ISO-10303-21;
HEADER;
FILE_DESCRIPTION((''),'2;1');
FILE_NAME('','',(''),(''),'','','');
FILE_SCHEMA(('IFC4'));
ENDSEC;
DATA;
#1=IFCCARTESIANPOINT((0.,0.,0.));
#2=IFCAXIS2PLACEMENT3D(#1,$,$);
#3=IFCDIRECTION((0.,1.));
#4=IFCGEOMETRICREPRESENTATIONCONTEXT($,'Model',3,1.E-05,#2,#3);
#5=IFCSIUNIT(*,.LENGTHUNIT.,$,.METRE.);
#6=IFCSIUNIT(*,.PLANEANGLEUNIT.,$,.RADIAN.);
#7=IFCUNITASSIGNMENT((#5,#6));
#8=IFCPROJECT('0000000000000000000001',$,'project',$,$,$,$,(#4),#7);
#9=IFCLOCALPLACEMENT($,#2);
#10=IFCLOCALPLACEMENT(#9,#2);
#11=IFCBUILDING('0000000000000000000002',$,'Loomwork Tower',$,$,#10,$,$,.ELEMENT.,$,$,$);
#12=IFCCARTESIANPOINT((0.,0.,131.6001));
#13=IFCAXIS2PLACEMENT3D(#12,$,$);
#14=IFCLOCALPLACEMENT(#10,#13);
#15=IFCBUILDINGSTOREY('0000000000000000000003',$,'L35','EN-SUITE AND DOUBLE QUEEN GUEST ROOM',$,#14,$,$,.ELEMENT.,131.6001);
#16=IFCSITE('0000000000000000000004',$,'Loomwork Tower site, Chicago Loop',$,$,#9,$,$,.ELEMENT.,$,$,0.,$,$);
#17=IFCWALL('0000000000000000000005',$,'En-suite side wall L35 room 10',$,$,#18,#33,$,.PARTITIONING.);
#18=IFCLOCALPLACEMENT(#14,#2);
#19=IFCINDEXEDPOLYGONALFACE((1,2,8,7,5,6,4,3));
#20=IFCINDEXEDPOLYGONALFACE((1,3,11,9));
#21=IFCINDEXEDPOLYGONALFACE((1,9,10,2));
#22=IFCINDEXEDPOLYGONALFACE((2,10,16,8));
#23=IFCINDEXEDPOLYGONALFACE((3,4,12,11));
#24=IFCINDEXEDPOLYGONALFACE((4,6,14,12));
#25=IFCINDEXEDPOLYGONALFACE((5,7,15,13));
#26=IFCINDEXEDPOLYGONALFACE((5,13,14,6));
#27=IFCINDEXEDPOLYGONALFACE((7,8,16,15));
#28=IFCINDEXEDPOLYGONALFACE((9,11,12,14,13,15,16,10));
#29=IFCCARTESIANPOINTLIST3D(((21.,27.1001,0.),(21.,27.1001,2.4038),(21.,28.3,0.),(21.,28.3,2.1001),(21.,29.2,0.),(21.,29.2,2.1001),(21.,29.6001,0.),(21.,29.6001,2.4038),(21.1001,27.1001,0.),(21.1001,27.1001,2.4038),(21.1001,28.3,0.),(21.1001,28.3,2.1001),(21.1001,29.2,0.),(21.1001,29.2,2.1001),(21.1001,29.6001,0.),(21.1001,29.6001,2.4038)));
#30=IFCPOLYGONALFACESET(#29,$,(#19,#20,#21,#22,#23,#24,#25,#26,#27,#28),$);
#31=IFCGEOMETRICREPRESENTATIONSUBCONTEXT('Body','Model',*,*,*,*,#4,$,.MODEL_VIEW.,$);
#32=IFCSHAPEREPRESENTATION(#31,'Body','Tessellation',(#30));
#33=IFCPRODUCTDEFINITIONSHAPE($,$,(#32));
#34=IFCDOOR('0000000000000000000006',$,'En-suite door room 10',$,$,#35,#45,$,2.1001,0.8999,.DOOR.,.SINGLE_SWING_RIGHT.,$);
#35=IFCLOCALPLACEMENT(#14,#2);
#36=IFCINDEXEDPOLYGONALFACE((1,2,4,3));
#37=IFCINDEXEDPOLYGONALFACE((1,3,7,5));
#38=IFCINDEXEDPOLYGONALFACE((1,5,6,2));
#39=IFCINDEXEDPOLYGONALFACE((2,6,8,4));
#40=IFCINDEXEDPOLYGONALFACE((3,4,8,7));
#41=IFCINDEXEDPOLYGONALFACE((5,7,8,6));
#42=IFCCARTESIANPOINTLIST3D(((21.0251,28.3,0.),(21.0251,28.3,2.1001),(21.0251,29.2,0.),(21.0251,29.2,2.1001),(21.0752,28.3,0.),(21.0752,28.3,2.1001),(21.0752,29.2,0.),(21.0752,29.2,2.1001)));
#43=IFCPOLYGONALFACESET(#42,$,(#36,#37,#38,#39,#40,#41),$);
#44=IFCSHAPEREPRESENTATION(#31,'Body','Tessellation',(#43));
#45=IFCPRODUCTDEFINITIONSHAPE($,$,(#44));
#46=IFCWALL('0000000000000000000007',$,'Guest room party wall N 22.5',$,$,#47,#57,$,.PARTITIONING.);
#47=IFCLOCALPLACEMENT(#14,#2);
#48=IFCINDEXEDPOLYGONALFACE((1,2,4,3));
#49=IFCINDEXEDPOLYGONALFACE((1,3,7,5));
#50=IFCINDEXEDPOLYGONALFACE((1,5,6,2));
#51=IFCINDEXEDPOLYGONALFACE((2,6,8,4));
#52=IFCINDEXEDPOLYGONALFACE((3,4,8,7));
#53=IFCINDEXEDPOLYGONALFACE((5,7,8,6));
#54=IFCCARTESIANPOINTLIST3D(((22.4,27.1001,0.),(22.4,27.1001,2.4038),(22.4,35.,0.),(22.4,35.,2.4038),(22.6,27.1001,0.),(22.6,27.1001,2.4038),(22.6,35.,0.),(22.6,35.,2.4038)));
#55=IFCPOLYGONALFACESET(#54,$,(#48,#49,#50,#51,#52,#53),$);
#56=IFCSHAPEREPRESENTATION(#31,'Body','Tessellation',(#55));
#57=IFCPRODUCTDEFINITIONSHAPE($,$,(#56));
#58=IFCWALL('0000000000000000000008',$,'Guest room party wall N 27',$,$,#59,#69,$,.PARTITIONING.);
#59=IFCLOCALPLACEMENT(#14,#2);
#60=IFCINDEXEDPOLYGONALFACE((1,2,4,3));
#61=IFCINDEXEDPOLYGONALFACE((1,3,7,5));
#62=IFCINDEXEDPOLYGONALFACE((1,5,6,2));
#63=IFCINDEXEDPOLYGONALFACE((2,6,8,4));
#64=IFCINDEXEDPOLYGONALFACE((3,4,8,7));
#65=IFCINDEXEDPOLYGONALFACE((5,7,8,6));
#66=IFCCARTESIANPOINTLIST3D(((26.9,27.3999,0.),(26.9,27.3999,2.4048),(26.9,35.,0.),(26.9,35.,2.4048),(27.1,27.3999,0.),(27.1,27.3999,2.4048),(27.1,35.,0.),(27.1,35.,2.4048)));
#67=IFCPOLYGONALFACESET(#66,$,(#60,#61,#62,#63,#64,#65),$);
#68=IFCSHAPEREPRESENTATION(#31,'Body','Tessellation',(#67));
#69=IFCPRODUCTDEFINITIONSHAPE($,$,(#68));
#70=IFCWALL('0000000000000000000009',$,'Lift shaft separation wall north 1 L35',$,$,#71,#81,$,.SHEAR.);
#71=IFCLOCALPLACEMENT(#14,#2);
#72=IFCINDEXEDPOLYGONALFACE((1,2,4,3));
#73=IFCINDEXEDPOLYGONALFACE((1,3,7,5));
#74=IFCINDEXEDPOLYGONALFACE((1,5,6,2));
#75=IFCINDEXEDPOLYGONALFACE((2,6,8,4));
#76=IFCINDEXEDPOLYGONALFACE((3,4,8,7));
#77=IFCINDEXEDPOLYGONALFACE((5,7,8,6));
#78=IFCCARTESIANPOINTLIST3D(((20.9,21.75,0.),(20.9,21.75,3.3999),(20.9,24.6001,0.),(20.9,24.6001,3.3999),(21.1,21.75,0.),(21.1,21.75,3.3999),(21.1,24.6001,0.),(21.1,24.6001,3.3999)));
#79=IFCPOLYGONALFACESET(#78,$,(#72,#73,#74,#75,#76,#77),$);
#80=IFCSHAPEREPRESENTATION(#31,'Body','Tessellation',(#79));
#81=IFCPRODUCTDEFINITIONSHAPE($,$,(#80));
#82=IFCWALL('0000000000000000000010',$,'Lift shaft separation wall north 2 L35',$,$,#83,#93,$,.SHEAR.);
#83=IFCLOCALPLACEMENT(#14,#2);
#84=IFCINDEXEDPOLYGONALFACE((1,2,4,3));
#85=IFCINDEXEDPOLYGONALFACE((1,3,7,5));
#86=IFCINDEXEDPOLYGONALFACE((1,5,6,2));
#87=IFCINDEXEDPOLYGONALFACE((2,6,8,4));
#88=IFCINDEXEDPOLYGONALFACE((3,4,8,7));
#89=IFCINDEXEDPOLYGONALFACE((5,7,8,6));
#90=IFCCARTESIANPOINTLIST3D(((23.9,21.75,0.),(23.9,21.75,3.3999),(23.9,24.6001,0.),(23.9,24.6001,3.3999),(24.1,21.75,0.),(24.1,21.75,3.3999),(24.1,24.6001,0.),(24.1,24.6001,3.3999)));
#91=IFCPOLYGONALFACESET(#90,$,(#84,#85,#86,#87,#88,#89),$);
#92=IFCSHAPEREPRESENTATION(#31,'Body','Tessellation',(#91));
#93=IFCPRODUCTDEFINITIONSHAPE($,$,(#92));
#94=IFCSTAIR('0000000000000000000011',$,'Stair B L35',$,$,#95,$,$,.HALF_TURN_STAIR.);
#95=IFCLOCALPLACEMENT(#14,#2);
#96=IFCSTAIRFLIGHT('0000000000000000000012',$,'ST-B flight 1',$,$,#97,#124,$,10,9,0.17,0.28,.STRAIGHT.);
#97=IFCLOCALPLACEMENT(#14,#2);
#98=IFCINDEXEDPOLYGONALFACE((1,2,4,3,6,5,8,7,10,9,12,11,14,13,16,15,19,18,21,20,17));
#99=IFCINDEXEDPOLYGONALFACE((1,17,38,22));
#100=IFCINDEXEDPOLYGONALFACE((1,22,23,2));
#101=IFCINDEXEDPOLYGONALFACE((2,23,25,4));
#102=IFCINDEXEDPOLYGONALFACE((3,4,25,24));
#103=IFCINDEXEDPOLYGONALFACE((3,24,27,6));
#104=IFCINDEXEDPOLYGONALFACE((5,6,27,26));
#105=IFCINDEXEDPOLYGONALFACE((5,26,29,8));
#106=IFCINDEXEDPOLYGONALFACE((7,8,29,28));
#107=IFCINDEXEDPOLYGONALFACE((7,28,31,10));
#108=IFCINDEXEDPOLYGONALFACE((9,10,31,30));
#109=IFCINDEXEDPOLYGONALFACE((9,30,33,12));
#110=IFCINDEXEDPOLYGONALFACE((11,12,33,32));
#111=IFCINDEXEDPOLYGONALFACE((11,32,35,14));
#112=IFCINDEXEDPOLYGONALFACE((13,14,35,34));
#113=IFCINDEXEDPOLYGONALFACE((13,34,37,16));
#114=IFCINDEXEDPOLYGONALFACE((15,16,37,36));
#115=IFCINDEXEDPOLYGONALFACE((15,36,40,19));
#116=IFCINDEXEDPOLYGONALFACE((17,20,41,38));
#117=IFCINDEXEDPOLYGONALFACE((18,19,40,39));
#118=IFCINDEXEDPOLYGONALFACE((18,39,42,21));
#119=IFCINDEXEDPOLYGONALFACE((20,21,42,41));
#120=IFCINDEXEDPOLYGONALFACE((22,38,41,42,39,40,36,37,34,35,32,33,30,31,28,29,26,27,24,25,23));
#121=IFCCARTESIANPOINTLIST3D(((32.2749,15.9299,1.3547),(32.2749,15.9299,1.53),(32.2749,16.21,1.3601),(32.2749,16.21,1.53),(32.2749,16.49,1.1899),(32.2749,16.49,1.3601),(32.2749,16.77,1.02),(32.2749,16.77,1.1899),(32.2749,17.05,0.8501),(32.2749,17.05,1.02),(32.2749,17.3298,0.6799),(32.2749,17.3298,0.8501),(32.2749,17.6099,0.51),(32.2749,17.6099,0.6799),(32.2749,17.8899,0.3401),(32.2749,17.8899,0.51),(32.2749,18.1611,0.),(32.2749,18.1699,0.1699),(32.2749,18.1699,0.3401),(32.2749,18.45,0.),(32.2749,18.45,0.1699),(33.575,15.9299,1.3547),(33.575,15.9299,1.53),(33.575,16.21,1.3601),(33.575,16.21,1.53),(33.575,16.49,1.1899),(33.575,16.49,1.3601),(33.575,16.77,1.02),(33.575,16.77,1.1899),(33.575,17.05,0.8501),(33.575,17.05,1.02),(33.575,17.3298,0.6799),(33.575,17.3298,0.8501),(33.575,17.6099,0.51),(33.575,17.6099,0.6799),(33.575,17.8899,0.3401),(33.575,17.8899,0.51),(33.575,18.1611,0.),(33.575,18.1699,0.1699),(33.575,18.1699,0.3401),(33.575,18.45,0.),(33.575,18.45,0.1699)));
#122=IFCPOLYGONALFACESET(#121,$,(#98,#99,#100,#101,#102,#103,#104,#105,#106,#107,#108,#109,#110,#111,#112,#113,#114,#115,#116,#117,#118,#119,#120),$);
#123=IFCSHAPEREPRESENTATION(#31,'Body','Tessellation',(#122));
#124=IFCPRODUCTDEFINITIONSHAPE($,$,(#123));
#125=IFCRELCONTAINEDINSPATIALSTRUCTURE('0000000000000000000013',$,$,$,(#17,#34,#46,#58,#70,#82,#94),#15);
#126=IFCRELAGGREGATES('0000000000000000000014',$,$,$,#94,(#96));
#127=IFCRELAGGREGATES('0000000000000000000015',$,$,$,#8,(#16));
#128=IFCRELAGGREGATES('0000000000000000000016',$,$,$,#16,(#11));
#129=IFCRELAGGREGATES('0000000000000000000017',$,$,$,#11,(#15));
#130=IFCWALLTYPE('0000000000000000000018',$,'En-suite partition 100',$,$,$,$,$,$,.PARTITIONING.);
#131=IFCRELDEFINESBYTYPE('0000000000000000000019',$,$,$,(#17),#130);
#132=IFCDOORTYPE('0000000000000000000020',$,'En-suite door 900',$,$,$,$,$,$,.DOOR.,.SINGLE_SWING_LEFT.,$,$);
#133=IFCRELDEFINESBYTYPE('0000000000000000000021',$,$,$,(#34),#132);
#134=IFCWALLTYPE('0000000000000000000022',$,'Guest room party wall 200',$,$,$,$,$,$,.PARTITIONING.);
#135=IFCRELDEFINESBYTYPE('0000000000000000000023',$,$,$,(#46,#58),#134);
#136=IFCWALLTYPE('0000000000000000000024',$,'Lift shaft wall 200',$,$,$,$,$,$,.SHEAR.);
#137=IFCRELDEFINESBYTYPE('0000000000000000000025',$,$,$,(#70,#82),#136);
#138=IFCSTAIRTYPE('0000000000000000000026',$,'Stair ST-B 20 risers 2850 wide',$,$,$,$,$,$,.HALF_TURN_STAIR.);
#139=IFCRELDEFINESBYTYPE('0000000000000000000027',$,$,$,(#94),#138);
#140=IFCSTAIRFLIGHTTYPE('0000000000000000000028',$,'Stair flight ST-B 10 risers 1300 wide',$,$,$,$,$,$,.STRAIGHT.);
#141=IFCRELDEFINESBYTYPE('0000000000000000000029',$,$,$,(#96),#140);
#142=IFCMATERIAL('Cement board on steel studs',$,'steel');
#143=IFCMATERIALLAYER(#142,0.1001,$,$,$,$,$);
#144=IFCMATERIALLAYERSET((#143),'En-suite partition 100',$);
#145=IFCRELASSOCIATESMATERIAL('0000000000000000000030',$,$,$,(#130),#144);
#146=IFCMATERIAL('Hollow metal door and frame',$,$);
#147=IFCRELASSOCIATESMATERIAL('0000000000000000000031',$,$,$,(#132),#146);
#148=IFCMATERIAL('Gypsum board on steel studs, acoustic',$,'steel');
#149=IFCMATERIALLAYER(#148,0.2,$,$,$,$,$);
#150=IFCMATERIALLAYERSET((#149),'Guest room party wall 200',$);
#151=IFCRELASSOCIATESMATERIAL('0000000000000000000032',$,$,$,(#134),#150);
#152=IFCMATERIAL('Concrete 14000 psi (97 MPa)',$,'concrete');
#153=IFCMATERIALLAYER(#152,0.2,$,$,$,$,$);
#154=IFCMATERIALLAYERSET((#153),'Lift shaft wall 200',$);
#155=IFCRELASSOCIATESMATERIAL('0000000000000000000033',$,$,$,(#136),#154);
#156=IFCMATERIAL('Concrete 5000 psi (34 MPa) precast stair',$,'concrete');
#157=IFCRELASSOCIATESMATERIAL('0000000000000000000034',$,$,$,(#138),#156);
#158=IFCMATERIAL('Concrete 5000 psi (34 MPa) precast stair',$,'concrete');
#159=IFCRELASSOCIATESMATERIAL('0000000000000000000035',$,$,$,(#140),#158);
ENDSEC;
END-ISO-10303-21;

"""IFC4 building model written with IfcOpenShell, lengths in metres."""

from ifc_helpers import new_model, si_unit, direction, frame, frame_2d, origin, place, context, subcontext, project, spatial, polyline, rectangle, outline, extrude, material, layer, layer_set, type_object, element, fill, aggregate, save


model = new_model("IFC4")

# Units and contexts
model_context = context("Model", 3, precision=1e-05, world=origin(), true_north=direction((0.0, 1.0)))
body_context = subcontext(model_context, "Body", "Model", "MODEL_VIEW")
ifc_project = project(units=[si_unit("LENGTHUNIT", "METRE"), si_unit("PLANEANGLEUNIT", "RADIAN")], contexts=[model_context])

# Site, building, storey
site_placement = place(None, origin())
site = spatial("IfcSite", under=ifc_project, at=site_placement, Name="Loomwork Tower site, Chicago Loop", CompositionType="ELEMENT", RefElevation=0.0)
building_placement = place(site_placement, origin())
building = spatial("IfcBuilding", under=site, at=building_placement, Name="Loomwork Tower", CompositionType="ELEMENT")
storey_placement = place(building_placement, frame((0.0, 0.0, 131.6001)))
storey = spatial("IfcBuildingStorey", under=building, at=storey_placement, Name="L35", Description="EN-SUITE AND DOUBLE QUEEN GUEST ROOM", CompositionType="ELEMENT", Elevation=131.6001)

# Wall, opening, door
ifc_material_1 = material(Name="Cement board on steel studs", Category="steel")
ifc_layer_1 = layer(ifc_material_1, 0.1001)
ifc_layer_set_1 = layer_set([ifc_layer_1], Name="En-suite partition 100")
wall_type_1 = type_object("IfcWallType", Name="En-suite partition 100", PredefinedType="PARTITIONING", material=ifc_layer_set_1)
wall_1_placement = place(storey_placement, frame((21.05, 27.1001, 0.0), z_axis=(0.0, 0.0, 1.0), x_axis=(0.0, 1.0, 0.0)))
wall_1 = element("IfcWall", 1, at=wall_1_placement, inside=storey, type_object=wall_type_1, Name="En-suite side wall L35 room 10", PredefinedType="PARTITIONING", context=body_context, shape_type="SweptSolid", body=[
    extrude(rectangle(XDim=2.5, YDim=0.1001, at=frame_2d((1.25, 0.0))), origin(), (0.0, 0.0, 1.0), 2.4038),
])
opening_1_placement = place(wall_1_placement, frame((1.2, 0.0, 0.0)))
opening_1 = element("IfcOpeningElement", 2, at=opening_1_placement, cuts=wall_1, PredefinedType="OPENING", context=body_context, shape_type="SweptSolid", body=[
    extrude(rectangle(XDim=0.8999, YDim=2.1001, at=frame_2d((0.45, 1.05))), frame((0.0, 0.0601, 0.0), z_axis=(0.0, -1.0, 0.0), x_axis=(1.0, 0.0, 0.0)), (0.0, 0.0, 1.0), 0.1201),
])
ifc_material_2 = material(Name="Hollow metal door and frame")
door_type_1 = type_object("IfcDoorType", Name="En-suite door 900", OperationType="SINGLE_SWING_LEFT", PredefinedType="DOOR", material=ifc_material_2)
door_1_placement = place(opening_1_placement, origin())
door_1 = element("IfcDoor", 3, at=door_1_placement, inside=storey, type_object=door_type_1, Name="En-suite door room 10", OperationType="SINGLE_SWING_RIGHT", OverallHeight=2.1001, OverallWidth=0.8999, PredefinedType="DOOR", context=body_context, shape_type="SweptSolid", body=[
    extrude(rectangle(XDim=0.8999, YDim=2.1001, at=frame_2d((0.45, 1.05))), frame((0.0, 0.0249, 0.0), z_axis=(0.0, -1.0, 0.0), x_axis=(1.0, 0.0, 0.0)), (0.0, 0.0, 1.0), 0.05),
])
fill(opening_1, door_1)

# Walls
ifc_material_3 = material(Name="Gypsum board on steel studs, acoustic", Category="steel")
ifc_layer_2 = layer(ifc_material_3, 0.2)
ifc_layer_set_2 = layer_set([ifc_layer_2], Name="Guest room party wall 200")
wall_type_2 = type_object("IfcWallType", Name="Guest room party wall 200", PredefinedType="PARTITIONING", material=ifc_layer_set_2)
wall_2_placement = place(storey_placement, frame((22.5, 27.1001, 0.0), z_axis=(0.0, 0.0, 1.0), x_axis=(0.0, 1.0, 0.0)))
element("IfcWall", 4, at=wall_2_placement, inside=storey, type_object=wall_type_2, Name="Guest room party wall N 22.5", PredefinedType="PARTITIONING", context=body_context, shape_type="SweptSolid", body=[
    extrude(rectangle(XDim=7.8999, YDim=0.2, at=frame_2d((3.95, 0.0))), origin(), (0.0, 0.0, 1.0), 2.4038),
])
wall_3_placement = place(storey_placement, frame((27.0, 27.3999, 0.0), z_axis=(0.0, 0.0, 1.0), x_axis=(0.0, 1.0, 0.0)))
element("IfcWall", 5, at=wall_3_placement, inside=storey, type_object=wall_type_2, Name="Guest room party wall N 27", PredefinedType="PARTITIONING", context=body_context, shape_type="SweptSolid", body=[
    extrude(rectangle(XDim=7.6001, YDim=0.2, at=frame_2d((3.8, 0.0))), origin(), (0.0, 0.0, 1.0), 2.4048),
])
ifc_material_4 = material(Name="Concrete 14000 psi (97 MPa)", Category="concrete")
ifc_layer_3 = layer(ifc_material_4, 0.2)
ifc_layer_set_3 = layer_set([ifc_layer_3], Name="Lift shaft wall 200")
wall_type_3 = type_object("IfcWallType", Name="Lift shaft wall 200", PredefinedType="SHEAR", material=ifc_layer_set_3)
for number, where, z_axis, x_axis, name in (
    (6, (21.0, 21.75, 0.0), (0.0, 0.0, 1.0), (0.0, 1.0, 0.0), "Lift shaft separation wall north 1 L35"),
    (7, (24.0, 21.75, 0.0), (0.0, 0.0, 1.0), (0.0, 1.0, 0.0), "Lift shaft separation wall north 2 L35"),
):
    element("IfcWall", number, at=place(storey_placement, frame(where, z_axis=z_axis, x_axis=x_axis)), inside=storey, type_object=wall_type_3, Name=name, PredefinedType="SHEAR", context=body_context, shape_type="SweptSolid", body=[
        extrude(rectangle(XDim=2.8501, YDim=0.2, at=frame_2d((1.425, 0.0))), origin(), (0.0, 0.0, 1.0), 3.3999),
    ])

# Stair, stair flight
ifc_material_5 = material(Name="Concrete 5000 psi (34 MPa) precast stair", Category="concrete")
stair_type = type_object("IfcStairType", Name="Stair ST-B 20 risers 2850 wide", PredefinedType="HALF_TURN_STAIR", material=ifc_material_5)
stair_placement = place(storey_placement, origin())
stair = element("IfcStair", 8, at=stair_placement, inside=storey, type_object=stair_type, Name="Stair B L35", PredefinedType="HALF_TURN_STAIR")
ifc_material_6 = material(Name="Concrete 5000 psi (34 MPa) precast stair", Category="concrete")
stair_flight_type = type_object("IfcStairFlightType", Name="Stair flight ST-B 10 risers 1300 wide", PredefinedType="STRAIGHT", material=ifc_material_6)
stair_flight_placement = place(storey_placement, frame((32.925, 18.45, 0.0), z_axis=(0.0, 0.0, 1.0), x_axis=(0.0, -1.0, 0.0)))
stair_flight = element("IfcStairFlight", 9, at=stair_flight_placement, type_object=stair_flight_type, Name="ST-B flight 1", NumberOfRisers=10, NumberOfTreads=9, PredefinedType="STRAIGHT", RiserHeight=0.17, TreadLength=0.28, context=body_context, shape_type="SweptSolid", body=[
    extrude(outline(polyline([(0.0, 0.0), (0.0, 0.1699), (0.28, 0.1699), (0.28, 0.3401), (0.5601, 0.3401), (0.5601, 0.51), (0.8401, 0.51), (0.8401, 0.6799), (1.1201, 0.6799), (1.1201, 0.8501), (1.3999, 0.8501), (1.3999, 1.02), (1.6799, 1.02), (1.6799, 1.1899), (1.96, 1.1899), (1.96, 1.3601), (2.24, 1.3601), (2.24, 1.53), (2.52, 1.53), (2.52, 1.7), (2.52, 1.3547), (0.2888, 0.0), (0.0, 0.0)])), frame((0.0, 0.6499, 0.0), z_axis=(0.0, -1.0, 0.0), x_axis=(1.0, 0.0, 0.0)), (0.0, 0.0, 1.0), 1.3),
])
aggregate(stair, [stair_flight])

save(model, "model.ifc")
